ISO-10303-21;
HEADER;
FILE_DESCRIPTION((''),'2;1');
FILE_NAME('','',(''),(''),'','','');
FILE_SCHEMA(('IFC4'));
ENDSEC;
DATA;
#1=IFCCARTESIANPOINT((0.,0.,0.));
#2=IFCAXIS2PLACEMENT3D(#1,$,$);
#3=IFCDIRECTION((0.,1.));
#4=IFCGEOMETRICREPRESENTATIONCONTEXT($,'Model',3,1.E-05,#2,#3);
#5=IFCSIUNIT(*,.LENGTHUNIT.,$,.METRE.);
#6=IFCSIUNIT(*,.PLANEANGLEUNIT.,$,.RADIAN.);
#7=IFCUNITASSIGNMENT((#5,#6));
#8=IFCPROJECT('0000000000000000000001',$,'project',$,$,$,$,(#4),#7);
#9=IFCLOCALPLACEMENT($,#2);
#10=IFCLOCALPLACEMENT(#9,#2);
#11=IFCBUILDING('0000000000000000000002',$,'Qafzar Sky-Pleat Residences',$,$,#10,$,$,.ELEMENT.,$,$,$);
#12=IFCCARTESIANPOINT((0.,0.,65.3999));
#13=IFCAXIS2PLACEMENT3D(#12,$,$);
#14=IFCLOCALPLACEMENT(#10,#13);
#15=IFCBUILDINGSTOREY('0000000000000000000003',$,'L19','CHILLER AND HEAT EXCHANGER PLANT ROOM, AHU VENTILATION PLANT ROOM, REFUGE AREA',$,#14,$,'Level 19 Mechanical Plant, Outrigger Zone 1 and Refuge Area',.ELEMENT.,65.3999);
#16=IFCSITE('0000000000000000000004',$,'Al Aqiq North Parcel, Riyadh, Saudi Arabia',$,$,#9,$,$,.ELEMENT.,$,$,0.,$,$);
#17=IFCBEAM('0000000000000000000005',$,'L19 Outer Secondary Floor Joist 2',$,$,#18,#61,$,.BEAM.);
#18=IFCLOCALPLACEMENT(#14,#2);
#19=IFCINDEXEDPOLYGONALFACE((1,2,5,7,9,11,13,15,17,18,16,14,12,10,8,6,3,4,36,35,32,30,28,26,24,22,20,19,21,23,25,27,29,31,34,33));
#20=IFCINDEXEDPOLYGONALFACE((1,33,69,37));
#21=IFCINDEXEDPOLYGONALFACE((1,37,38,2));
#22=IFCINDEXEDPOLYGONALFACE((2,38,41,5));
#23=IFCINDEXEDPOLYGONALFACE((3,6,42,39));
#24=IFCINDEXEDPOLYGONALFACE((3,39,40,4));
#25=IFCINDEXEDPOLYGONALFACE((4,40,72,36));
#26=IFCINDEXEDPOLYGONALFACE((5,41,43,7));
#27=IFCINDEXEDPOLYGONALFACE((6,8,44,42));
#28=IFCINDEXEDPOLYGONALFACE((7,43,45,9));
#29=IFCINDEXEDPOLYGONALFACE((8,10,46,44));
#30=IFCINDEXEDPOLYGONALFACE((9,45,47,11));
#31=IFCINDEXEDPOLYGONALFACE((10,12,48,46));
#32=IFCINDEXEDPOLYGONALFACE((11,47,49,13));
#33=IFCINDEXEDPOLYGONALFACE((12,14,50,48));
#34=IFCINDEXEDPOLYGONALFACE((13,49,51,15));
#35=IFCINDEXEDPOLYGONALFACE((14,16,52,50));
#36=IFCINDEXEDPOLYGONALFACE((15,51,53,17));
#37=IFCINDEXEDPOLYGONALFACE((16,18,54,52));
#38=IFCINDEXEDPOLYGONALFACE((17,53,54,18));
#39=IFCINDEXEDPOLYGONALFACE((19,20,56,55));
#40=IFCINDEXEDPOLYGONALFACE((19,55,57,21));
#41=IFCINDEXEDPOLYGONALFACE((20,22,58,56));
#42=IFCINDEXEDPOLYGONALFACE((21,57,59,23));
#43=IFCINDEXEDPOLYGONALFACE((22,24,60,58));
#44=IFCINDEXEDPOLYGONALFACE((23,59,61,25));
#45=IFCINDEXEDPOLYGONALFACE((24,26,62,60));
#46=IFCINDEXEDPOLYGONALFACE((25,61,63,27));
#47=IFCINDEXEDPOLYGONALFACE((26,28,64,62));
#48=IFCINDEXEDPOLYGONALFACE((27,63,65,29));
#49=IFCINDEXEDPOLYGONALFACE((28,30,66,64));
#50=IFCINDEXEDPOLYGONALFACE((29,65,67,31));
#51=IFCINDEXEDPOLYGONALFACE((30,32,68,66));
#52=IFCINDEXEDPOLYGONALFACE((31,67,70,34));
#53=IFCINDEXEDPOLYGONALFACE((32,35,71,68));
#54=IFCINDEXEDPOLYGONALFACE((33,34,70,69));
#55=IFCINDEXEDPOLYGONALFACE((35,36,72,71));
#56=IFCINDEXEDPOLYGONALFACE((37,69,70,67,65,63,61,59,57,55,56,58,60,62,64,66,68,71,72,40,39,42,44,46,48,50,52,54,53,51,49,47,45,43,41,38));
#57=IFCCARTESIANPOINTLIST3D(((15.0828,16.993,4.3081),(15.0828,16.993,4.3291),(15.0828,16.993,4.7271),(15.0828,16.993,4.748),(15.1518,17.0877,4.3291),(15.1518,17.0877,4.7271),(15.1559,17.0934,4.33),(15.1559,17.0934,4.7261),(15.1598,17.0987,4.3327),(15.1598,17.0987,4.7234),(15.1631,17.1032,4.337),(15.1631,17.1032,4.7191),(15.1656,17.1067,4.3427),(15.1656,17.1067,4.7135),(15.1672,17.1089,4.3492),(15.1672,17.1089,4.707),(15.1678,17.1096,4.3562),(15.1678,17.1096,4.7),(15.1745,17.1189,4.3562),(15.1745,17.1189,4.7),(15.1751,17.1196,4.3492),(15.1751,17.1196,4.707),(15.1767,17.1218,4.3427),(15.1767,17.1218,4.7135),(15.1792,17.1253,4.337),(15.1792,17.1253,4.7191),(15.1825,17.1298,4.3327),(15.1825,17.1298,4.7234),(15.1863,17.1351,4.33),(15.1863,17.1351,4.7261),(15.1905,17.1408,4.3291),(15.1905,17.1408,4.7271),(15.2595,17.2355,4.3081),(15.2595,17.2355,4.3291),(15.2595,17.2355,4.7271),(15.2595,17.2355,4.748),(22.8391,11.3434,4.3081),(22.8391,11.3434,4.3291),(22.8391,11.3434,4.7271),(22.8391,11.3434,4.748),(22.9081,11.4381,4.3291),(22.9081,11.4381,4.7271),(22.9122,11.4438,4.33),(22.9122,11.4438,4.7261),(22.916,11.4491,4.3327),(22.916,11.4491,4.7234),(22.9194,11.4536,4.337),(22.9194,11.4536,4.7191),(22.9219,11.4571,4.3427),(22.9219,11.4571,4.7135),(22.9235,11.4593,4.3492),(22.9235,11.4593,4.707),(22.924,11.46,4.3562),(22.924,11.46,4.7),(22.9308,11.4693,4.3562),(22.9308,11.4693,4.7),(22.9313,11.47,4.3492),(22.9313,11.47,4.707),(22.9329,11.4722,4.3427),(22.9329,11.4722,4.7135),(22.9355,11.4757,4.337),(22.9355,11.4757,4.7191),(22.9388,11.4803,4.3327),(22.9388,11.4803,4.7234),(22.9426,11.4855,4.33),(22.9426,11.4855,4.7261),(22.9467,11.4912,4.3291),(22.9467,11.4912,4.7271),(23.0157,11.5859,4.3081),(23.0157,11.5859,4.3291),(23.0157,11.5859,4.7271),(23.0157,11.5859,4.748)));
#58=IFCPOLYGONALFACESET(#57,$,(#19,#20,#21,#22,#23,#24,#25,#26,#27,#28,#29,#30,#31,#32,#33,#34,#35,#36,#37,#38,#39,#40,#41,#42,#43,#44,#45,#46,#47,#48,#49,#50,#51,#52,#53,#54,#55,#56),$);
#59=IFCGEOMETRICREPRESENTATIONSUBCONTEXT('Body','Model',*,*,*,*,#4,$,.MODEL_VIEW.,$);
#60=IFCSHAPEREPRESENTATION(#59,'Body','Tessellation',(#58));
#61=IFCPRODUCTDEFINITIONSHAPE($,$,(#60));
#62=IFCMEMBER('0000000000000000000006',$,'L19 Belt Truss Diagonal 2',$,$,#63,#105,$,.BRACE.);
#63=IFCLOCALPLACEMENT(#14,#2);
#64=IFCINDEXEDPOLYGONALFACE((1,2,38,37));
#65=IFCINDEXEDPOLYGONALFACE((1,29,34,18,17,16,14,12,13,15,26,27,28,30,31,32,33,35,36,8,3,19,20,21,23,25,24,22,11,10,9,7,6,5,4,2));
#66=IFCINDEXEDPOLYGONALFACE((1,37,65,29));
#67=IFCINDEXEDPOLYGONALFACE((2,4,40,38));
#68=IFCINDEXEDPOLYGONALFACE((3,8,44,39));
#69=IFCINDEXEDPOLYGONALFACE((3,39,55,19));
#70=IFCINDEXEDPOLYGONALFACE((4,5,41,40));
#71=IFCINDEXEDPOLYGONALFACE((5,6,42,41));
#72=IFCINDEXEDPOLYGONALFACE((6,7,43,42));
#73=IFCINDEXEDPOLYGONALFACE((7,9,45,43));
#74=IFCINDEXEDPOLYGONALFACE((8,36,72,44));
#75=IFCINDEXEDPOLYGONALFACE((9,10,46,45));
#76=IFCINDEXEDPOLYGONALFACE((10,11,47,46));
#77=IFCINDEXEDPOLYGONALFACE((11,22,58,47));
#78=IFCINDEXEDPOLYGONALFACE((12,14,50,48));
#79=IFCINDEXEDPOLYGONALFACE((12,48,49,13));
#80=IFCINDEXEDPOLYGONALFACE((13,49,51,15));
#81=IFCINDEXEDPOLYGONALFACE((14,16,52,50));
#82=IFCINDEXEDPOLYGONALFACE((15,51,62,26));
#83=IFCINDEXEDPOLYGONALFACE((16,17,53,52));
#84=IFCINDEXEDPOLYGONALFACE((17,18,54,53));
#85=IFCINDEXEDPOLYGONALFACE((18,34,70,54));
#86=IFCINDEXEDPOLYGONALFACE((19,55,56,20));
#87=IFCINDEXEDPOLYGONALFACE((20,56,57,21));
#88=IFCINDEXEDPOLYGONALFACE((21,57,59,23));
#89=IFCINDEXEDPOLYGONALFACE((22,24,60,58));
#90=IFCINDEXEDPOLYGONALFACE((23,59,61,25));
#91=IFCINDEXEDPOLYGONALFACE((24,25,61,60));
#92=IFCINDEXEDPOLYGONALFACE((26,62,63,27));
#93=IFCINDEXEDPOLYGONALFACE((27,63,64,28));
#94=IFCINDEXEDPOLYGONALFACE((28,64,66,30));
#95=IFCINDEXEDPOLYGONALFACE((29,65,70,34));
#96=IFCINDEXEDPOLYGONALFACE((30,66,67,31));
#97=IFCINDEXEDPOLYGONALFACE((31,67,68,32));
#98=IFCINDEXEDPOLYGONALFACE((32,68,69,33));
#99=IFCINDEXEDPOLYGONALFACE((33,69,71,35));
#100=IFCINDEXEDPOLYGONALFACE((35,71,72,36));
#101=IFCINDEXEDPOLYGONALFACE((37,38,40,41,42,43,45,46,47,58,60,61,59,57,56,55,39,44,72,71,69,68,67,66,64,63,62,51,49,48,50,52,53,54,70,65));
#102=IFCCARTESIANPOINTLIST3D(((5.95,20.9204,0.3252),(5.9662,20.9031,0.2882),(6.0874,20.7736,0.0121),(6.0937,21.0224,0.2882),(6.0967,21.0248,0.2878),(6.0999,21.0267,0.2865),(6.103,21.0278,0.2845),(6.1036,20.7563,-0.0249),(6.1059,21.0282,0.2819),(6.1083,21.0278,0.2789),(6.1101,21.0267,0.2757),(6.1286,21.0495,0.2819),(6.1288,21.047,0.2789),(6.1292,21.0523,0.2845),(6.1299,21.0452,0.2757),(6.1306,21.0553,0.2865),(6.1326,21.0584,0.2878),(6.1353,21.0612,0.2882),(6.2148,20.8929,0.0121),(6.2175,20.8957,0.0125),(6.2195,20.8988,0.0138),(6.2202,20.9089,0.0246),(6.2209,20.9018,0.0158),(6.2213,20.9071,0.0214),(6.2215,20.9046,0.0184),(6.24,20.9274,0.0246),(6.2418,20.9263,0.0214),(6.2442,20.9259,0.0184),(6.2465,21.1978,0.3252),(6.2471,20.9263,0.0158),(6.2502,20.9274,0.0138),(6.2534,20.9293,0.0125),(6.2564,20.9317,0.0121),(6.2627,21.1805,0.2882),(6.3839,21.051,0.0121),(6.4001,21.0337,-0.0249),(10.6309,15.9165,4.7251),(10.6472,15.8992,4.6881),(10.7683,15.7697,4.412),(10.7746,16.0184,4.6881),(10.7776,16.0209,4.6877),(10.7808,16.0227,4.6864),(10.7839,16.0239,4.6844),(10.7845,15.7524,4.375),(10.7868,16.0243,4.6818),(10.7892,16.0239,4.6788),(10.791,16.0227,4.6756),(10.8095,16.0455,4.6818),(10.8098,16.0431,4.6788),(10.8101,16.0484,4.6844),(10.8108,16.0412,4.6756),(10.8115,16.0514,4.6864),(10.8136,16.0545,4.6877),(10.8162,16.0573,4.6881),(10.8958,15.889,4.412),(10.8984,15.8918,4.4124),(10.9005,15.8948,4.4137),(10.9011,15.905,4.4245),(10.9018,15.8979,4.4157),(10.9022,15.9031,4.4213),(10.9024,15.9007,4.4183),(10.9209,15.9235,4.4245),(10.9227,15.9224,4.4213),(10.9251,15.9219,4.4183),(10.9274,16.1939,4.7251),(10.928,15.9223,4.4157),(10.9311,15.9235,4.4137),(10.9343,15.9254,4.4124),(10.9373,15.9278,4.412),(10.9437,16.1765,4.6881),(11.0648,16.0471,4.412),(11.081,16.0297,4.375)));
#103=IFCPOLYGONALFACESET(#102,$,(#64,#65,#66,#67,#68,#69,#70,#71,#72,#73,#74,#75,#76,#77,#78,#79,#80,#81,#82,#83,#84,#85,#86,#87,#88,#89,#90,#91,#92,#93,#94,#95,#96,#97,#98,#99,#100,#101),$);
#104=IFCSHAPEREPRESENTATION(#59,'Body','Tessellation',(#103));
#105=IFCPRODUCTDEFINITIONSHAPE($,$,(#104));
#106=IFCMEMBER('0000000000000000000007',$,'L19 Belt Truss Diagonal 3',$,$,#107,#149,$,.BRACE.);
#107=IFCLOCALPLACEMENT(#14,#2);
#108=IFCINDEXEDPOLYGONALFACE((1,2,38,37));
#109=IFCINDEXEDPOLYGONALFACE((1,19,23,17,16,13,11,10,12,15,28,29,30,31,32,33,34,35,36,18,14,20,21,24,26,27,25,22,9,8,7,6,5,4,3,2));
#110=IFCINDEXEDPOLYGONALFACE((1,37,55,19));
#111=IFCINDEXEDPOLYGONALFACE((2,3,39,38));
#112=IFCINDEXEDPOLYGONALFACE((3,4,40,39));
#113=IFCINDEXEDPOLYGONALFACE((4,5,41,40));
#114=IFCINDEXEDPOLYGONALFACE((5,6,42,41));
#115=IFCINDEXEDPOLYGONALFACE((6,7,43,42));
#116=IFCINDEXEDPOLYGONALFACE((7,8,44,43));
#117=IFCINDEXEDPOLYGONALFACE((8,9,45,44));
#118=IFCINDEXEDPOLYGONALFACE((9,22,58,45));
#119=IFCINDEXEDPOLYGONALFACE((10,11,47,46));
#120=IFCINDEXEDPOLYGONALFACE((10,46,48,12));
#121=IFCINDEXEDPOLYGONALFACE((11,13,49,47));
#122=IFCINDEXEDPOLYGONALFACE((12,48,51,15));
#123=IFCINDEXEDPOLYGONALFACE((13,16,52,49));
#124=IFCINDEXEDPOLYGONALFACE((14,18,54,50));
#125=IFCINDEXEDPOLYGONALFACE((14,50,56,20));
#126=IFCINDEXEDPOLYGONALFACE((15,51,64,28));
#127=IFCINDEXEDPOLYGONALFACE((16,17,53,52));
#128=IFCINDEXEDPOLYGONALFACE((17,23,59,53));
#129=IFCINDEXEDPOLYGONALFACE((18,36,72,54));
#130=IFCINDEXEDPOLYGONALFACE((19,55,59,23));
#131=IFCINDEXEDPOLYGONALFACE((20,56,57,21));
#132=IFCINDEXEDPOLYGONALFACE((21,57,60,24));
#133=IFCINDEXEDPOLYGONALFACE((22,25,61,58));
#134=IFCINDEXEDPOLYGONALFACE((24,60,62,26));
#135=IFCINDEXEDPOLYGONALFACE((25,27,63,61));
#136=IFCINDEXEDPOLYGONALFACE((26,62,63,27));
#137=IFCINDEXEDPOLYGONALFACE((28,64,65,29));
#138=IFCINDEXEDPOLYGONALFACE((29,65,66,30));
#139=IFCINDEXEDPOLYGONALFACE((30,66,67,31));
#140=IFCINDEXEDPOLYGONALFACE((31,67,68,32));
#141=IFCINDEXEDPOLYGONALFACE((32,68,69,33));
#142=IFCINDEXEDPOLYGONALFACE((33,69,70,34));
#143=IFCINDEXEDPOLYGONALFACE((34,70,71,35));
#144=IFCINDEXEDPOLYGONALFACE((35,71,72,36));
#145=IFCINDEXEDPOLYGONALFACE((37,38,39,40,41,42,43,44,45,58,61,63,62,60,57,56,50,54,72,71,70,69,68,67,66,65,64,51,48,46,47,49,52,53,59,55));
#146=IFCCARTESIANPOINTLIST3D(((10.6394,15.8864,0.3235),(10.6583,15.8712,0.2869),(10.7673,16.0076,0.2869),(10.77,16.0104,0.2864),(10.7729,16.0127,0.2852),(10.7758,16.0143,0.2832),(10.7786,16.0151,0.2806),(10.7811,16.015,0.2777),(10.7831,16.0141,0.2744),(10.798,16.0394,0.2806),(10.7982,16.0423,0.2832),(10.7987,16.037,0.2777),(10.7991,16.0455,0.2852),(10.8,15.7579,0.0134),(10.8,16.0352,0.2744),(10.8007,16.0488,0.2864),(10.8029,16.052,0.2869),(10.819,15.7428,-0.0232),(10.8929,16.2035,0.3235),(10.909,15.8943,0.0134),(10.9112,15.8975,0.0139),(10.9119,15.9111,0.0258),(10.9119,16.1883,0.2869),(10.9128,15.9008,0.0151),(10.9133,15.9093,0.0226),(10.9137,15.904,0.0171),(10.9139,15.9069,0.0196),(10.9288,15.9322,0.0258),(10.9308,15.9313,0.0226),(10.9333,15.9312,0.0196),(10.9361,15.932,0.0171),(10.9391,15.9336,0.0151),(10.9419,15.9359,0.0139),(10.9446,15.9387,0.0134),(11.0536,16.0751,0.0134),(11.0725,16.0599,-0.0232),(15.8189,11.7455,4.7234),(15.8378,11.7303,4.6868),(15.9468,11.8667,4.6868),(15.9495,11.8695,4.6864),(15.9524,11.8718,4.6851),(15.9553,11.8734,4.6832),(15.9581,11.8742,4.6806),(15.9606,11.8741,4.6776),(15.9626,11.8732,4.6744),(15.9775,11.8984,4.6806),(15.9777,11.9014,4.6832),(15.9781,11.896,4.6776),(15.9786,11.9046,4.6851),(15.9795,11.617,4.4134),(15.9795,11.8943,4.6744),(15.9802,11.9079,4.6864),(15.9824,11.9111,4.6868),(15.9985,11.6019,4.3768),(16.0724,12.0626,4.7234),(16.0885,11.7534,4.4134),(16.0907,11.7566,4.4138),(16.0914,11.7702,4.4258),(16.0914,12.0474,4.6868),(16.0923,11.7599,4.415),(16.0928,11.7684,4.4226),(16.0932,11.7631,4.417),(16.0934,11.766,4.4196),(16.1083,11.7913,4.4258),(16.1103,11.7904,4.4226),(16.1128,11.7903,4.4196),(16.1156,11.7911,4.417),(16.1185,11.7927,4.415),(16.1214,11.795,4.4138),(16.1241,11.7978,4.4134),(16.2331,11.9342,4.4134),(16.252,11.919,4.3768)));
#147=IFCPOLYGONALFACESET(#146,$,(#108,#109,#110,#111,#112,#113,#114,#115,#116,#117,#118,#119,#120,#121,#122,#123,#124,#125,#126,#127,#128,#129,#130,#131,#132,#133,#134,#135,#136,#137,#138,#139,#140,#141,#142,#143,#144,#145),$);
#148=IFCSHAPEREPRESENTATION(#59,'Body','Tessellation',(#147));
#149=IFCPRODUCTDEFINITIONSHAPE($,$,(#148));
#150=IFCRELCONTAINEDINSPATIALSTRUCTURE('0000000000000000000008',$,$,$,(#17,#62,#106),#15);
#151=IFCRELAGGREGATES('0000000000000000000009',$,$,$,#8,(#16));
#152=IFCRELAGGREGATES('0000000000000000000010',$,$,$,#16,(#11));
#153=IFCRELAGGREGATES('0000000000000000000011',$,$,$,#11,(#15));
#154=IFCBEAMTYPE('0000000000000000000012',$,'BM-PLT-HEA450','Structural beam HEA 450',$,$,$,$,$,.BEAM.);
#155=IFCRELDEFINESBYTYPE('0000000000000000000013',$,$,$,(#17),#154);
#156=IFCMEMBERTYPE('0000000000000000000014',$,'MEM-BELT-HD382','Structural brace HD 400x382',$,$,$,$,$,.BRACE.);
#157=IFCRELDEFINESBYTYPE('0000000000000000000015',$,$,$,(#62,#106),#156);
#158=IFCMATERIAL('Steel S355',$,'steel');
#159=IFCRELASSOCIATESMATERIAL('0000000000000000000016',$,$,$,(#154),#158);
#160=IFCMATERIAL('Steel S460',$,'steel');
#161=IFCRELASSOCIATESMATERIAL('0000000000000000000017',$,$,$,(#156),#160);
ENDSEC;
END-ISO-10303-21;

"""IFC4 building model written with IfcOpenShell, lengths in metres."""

from ifc_helpers import new_model, si_unit, direction, frame, origin, origin_2d, place, context, subcontext, project, spatial, i_section, extrude, source, transform, mapped, material, material_profile, profile_set, type_object, element, save


model = new_model("IFC4")

# Units and contexts
model_context = context("Model", 3, precision=1e-05, world=origin(), true_north=direction((0.0, 1.0)))
body_context = subcontext(model_context, "Body", "Model", "MODEL_VIEW")
ifc_project = project(units=[si_unit("LENGTHUNIT", "METRE"), si_unit("PLANEANGLEUNIT", "RADIAN")], contexts=[model_context])

# Site, building, storey
site_placement = place(None, origin())
site = spatial("IfcSite", under=ifc_project, at=site_placement, Name="Al Aqiq North Parcel, Riyadh, Saudi Arabia", CompositionType="ELEMENT", RefElevation=0.0)
building_placement = place(site_placement, origin())
building = spatial("IfcBuilding", under=site, at=building_placement, Name="Qafzar Sky-Pleat Residences", CompositionType="ELEMENT")
storey_placement = place(building_placement, frame((0.0, 0.0, 65.3999)))
storey = spatial("IfcBuildingStorey", under=building, at=storey_placement, Name="L19", Description="CHILLER AND HEAT EXCHANGER PLANT ROOM, AHU VENTILATION PLANT ROOM, REFUGE AREA", LongName="Level 19 Mechanical Plant, Outrigger Zone 1 and Refuge Area", CompositionType="ELEMENT", Elevation=65.3999)

# Shared definitions
ifc_material_1 = material(Name="Steel S460", Category="steel")

# Beam
ifc_material_2 = material(Name="Steel S355", Category="steel")
ifc_material_profile_1 = material_profile(ifc_material_2, i_section(OverallWidth=0.3, OverallDepth=0.4399, WebThickness=0.0115, FlangeThickness=0.021, FilletRadius=0.0271, at=origin_2d()), Name="HEA 450")
ifc_profile_set_1 = profile_set([ifc_material_profile_1], Name="Steel S355")
beam_type_1 = type_object("IfcBeamType", Name="BM-PLT-HEA450", Description="Structural beam HEA 450", PredefinedType="BEAM", material=ifc_profile_set_1)
shared_shape_1 = source(origin(), body_context, "Body", "SweptSolid", [
    extrude(i_section(OverallWidth=0.3, OverallDepth=0.4399, WebThickness=0.0115, FlangeThickness=0.021, FilletRadius=0.0271, at=origin_2d()), origin(), (0.0, 0.0, 1.0), 9.5957),
])
beam_1_placement = place(storey_placement, frame((15.1711, 17.1143, 4.5281), z_axis=(0.808306, -0.588763, 0.0), x_axis=(0.588763, 0.808306, 0.0)))
element("IfcBeam", 1, at=beam_1_placement, inside=storey, type_object=beam_type_1, Name="L19 Outer Secondary Floor Joist 2", PredefinedType="BEAM", context=body_context, shape_type="MappedRepresentation", body=[
    mapped(shared_shape_1, transform((0.0, 0.0, 0.0), x_axis=(1.0, 0.0, 0.0), y_axis=(0.0, 1.0, 0.0), z_axis=(0.0, 0.0, 1.0), scale=1.0)),
])

# Members
ifc_material_profile_2 = material_profile(ifc_material_1, i_section(OverallWidth=0.406, OverallDepth=0.416, WebThickness=0.0271, FlangeThickness=0.0439, FilletRadius=0.0149, at=origin_2d()), Name="HD 400x382")
ifc_profile_set_2 = profile_set([ifc_material_profile_2], Name="Steel S460")
member_type = type_object("IfcMemberType", Name="MEM-BELT-HD382", Description="Structural brace HD 400x382", PredefinedType="BRACE", material=ifc_profile_set_2)
shared_shape_2 = source(origin(), body_context, "Body", "SweptSolid", [
    extrude(i_section(OverallWidth=0.406, OverallDepth=0.416, WebThickness=0.0271, FlangeThickness=0.0439, FilletRadius=0.0149, at=origin_2d()), origin(), (0.0, 0.0, 1.0), 8.1431),
])
member_1_placement = place(storey_placement, frame((6.175, 20.9771, 0.1501), z_axis=(0.574835, -0.614501, 0.540327), x_axis=(0.730283, 0.683144, 0.0)))
element("IfcMember", 2, at=member_1_placement, inside=storey, type_object=member_type, Name="L19 Belt Truss Diagonal 2", PredefinedType="BRACE", context=body_context, shape_type="MappedRepresentation", body=[
    mapped(shared_shape_2, transform((0.0, 0.0, 0.0), x_axis=(1.0, 0.0, 0.0), y_axis=(0.0, 1.0, 0.0), z_axis=(0.0, 0.0, 1.0), scale=1.0)),
])
shared_shape_3 = source(origin(), body_context, "Body", "SweptSolid", [
    extrude(i_section(OverallWidth=0.406, OverallDepth=0.416, WebThickness=0.0271, FlangeThickness=0.0439, FilletRadius=0.0149, at=origin_2d()), origin(), (0.0, 0.0, 1.0), 7.9583),
])
member_2_placement = place(storey_placement, frame((10.856, 15.9731, 0.1501), z_axis=(0.650833, -0.520329, 0.552878), x_axis=(0.624448, 0.781066, 0.0)))
element("IfcMember", 3, at=member_2_placement, inside=storey, type_object=member_type, Name="L19 Belt Truss Diagonal 3", PredefinedType="BRACE", context=body_context, shape_type="MappedRepresentation", body=[
    mapped(shared_shape_3, transform((0.0, 0.0, 0.0), x_axis=(1.0, 0.0, 0.0), y_axis=(0.0, 1.0, 0.0), z_axis=(0.0, 0.0, 1.0), scale=1.0)),
])

save(model, "model.ifc")
